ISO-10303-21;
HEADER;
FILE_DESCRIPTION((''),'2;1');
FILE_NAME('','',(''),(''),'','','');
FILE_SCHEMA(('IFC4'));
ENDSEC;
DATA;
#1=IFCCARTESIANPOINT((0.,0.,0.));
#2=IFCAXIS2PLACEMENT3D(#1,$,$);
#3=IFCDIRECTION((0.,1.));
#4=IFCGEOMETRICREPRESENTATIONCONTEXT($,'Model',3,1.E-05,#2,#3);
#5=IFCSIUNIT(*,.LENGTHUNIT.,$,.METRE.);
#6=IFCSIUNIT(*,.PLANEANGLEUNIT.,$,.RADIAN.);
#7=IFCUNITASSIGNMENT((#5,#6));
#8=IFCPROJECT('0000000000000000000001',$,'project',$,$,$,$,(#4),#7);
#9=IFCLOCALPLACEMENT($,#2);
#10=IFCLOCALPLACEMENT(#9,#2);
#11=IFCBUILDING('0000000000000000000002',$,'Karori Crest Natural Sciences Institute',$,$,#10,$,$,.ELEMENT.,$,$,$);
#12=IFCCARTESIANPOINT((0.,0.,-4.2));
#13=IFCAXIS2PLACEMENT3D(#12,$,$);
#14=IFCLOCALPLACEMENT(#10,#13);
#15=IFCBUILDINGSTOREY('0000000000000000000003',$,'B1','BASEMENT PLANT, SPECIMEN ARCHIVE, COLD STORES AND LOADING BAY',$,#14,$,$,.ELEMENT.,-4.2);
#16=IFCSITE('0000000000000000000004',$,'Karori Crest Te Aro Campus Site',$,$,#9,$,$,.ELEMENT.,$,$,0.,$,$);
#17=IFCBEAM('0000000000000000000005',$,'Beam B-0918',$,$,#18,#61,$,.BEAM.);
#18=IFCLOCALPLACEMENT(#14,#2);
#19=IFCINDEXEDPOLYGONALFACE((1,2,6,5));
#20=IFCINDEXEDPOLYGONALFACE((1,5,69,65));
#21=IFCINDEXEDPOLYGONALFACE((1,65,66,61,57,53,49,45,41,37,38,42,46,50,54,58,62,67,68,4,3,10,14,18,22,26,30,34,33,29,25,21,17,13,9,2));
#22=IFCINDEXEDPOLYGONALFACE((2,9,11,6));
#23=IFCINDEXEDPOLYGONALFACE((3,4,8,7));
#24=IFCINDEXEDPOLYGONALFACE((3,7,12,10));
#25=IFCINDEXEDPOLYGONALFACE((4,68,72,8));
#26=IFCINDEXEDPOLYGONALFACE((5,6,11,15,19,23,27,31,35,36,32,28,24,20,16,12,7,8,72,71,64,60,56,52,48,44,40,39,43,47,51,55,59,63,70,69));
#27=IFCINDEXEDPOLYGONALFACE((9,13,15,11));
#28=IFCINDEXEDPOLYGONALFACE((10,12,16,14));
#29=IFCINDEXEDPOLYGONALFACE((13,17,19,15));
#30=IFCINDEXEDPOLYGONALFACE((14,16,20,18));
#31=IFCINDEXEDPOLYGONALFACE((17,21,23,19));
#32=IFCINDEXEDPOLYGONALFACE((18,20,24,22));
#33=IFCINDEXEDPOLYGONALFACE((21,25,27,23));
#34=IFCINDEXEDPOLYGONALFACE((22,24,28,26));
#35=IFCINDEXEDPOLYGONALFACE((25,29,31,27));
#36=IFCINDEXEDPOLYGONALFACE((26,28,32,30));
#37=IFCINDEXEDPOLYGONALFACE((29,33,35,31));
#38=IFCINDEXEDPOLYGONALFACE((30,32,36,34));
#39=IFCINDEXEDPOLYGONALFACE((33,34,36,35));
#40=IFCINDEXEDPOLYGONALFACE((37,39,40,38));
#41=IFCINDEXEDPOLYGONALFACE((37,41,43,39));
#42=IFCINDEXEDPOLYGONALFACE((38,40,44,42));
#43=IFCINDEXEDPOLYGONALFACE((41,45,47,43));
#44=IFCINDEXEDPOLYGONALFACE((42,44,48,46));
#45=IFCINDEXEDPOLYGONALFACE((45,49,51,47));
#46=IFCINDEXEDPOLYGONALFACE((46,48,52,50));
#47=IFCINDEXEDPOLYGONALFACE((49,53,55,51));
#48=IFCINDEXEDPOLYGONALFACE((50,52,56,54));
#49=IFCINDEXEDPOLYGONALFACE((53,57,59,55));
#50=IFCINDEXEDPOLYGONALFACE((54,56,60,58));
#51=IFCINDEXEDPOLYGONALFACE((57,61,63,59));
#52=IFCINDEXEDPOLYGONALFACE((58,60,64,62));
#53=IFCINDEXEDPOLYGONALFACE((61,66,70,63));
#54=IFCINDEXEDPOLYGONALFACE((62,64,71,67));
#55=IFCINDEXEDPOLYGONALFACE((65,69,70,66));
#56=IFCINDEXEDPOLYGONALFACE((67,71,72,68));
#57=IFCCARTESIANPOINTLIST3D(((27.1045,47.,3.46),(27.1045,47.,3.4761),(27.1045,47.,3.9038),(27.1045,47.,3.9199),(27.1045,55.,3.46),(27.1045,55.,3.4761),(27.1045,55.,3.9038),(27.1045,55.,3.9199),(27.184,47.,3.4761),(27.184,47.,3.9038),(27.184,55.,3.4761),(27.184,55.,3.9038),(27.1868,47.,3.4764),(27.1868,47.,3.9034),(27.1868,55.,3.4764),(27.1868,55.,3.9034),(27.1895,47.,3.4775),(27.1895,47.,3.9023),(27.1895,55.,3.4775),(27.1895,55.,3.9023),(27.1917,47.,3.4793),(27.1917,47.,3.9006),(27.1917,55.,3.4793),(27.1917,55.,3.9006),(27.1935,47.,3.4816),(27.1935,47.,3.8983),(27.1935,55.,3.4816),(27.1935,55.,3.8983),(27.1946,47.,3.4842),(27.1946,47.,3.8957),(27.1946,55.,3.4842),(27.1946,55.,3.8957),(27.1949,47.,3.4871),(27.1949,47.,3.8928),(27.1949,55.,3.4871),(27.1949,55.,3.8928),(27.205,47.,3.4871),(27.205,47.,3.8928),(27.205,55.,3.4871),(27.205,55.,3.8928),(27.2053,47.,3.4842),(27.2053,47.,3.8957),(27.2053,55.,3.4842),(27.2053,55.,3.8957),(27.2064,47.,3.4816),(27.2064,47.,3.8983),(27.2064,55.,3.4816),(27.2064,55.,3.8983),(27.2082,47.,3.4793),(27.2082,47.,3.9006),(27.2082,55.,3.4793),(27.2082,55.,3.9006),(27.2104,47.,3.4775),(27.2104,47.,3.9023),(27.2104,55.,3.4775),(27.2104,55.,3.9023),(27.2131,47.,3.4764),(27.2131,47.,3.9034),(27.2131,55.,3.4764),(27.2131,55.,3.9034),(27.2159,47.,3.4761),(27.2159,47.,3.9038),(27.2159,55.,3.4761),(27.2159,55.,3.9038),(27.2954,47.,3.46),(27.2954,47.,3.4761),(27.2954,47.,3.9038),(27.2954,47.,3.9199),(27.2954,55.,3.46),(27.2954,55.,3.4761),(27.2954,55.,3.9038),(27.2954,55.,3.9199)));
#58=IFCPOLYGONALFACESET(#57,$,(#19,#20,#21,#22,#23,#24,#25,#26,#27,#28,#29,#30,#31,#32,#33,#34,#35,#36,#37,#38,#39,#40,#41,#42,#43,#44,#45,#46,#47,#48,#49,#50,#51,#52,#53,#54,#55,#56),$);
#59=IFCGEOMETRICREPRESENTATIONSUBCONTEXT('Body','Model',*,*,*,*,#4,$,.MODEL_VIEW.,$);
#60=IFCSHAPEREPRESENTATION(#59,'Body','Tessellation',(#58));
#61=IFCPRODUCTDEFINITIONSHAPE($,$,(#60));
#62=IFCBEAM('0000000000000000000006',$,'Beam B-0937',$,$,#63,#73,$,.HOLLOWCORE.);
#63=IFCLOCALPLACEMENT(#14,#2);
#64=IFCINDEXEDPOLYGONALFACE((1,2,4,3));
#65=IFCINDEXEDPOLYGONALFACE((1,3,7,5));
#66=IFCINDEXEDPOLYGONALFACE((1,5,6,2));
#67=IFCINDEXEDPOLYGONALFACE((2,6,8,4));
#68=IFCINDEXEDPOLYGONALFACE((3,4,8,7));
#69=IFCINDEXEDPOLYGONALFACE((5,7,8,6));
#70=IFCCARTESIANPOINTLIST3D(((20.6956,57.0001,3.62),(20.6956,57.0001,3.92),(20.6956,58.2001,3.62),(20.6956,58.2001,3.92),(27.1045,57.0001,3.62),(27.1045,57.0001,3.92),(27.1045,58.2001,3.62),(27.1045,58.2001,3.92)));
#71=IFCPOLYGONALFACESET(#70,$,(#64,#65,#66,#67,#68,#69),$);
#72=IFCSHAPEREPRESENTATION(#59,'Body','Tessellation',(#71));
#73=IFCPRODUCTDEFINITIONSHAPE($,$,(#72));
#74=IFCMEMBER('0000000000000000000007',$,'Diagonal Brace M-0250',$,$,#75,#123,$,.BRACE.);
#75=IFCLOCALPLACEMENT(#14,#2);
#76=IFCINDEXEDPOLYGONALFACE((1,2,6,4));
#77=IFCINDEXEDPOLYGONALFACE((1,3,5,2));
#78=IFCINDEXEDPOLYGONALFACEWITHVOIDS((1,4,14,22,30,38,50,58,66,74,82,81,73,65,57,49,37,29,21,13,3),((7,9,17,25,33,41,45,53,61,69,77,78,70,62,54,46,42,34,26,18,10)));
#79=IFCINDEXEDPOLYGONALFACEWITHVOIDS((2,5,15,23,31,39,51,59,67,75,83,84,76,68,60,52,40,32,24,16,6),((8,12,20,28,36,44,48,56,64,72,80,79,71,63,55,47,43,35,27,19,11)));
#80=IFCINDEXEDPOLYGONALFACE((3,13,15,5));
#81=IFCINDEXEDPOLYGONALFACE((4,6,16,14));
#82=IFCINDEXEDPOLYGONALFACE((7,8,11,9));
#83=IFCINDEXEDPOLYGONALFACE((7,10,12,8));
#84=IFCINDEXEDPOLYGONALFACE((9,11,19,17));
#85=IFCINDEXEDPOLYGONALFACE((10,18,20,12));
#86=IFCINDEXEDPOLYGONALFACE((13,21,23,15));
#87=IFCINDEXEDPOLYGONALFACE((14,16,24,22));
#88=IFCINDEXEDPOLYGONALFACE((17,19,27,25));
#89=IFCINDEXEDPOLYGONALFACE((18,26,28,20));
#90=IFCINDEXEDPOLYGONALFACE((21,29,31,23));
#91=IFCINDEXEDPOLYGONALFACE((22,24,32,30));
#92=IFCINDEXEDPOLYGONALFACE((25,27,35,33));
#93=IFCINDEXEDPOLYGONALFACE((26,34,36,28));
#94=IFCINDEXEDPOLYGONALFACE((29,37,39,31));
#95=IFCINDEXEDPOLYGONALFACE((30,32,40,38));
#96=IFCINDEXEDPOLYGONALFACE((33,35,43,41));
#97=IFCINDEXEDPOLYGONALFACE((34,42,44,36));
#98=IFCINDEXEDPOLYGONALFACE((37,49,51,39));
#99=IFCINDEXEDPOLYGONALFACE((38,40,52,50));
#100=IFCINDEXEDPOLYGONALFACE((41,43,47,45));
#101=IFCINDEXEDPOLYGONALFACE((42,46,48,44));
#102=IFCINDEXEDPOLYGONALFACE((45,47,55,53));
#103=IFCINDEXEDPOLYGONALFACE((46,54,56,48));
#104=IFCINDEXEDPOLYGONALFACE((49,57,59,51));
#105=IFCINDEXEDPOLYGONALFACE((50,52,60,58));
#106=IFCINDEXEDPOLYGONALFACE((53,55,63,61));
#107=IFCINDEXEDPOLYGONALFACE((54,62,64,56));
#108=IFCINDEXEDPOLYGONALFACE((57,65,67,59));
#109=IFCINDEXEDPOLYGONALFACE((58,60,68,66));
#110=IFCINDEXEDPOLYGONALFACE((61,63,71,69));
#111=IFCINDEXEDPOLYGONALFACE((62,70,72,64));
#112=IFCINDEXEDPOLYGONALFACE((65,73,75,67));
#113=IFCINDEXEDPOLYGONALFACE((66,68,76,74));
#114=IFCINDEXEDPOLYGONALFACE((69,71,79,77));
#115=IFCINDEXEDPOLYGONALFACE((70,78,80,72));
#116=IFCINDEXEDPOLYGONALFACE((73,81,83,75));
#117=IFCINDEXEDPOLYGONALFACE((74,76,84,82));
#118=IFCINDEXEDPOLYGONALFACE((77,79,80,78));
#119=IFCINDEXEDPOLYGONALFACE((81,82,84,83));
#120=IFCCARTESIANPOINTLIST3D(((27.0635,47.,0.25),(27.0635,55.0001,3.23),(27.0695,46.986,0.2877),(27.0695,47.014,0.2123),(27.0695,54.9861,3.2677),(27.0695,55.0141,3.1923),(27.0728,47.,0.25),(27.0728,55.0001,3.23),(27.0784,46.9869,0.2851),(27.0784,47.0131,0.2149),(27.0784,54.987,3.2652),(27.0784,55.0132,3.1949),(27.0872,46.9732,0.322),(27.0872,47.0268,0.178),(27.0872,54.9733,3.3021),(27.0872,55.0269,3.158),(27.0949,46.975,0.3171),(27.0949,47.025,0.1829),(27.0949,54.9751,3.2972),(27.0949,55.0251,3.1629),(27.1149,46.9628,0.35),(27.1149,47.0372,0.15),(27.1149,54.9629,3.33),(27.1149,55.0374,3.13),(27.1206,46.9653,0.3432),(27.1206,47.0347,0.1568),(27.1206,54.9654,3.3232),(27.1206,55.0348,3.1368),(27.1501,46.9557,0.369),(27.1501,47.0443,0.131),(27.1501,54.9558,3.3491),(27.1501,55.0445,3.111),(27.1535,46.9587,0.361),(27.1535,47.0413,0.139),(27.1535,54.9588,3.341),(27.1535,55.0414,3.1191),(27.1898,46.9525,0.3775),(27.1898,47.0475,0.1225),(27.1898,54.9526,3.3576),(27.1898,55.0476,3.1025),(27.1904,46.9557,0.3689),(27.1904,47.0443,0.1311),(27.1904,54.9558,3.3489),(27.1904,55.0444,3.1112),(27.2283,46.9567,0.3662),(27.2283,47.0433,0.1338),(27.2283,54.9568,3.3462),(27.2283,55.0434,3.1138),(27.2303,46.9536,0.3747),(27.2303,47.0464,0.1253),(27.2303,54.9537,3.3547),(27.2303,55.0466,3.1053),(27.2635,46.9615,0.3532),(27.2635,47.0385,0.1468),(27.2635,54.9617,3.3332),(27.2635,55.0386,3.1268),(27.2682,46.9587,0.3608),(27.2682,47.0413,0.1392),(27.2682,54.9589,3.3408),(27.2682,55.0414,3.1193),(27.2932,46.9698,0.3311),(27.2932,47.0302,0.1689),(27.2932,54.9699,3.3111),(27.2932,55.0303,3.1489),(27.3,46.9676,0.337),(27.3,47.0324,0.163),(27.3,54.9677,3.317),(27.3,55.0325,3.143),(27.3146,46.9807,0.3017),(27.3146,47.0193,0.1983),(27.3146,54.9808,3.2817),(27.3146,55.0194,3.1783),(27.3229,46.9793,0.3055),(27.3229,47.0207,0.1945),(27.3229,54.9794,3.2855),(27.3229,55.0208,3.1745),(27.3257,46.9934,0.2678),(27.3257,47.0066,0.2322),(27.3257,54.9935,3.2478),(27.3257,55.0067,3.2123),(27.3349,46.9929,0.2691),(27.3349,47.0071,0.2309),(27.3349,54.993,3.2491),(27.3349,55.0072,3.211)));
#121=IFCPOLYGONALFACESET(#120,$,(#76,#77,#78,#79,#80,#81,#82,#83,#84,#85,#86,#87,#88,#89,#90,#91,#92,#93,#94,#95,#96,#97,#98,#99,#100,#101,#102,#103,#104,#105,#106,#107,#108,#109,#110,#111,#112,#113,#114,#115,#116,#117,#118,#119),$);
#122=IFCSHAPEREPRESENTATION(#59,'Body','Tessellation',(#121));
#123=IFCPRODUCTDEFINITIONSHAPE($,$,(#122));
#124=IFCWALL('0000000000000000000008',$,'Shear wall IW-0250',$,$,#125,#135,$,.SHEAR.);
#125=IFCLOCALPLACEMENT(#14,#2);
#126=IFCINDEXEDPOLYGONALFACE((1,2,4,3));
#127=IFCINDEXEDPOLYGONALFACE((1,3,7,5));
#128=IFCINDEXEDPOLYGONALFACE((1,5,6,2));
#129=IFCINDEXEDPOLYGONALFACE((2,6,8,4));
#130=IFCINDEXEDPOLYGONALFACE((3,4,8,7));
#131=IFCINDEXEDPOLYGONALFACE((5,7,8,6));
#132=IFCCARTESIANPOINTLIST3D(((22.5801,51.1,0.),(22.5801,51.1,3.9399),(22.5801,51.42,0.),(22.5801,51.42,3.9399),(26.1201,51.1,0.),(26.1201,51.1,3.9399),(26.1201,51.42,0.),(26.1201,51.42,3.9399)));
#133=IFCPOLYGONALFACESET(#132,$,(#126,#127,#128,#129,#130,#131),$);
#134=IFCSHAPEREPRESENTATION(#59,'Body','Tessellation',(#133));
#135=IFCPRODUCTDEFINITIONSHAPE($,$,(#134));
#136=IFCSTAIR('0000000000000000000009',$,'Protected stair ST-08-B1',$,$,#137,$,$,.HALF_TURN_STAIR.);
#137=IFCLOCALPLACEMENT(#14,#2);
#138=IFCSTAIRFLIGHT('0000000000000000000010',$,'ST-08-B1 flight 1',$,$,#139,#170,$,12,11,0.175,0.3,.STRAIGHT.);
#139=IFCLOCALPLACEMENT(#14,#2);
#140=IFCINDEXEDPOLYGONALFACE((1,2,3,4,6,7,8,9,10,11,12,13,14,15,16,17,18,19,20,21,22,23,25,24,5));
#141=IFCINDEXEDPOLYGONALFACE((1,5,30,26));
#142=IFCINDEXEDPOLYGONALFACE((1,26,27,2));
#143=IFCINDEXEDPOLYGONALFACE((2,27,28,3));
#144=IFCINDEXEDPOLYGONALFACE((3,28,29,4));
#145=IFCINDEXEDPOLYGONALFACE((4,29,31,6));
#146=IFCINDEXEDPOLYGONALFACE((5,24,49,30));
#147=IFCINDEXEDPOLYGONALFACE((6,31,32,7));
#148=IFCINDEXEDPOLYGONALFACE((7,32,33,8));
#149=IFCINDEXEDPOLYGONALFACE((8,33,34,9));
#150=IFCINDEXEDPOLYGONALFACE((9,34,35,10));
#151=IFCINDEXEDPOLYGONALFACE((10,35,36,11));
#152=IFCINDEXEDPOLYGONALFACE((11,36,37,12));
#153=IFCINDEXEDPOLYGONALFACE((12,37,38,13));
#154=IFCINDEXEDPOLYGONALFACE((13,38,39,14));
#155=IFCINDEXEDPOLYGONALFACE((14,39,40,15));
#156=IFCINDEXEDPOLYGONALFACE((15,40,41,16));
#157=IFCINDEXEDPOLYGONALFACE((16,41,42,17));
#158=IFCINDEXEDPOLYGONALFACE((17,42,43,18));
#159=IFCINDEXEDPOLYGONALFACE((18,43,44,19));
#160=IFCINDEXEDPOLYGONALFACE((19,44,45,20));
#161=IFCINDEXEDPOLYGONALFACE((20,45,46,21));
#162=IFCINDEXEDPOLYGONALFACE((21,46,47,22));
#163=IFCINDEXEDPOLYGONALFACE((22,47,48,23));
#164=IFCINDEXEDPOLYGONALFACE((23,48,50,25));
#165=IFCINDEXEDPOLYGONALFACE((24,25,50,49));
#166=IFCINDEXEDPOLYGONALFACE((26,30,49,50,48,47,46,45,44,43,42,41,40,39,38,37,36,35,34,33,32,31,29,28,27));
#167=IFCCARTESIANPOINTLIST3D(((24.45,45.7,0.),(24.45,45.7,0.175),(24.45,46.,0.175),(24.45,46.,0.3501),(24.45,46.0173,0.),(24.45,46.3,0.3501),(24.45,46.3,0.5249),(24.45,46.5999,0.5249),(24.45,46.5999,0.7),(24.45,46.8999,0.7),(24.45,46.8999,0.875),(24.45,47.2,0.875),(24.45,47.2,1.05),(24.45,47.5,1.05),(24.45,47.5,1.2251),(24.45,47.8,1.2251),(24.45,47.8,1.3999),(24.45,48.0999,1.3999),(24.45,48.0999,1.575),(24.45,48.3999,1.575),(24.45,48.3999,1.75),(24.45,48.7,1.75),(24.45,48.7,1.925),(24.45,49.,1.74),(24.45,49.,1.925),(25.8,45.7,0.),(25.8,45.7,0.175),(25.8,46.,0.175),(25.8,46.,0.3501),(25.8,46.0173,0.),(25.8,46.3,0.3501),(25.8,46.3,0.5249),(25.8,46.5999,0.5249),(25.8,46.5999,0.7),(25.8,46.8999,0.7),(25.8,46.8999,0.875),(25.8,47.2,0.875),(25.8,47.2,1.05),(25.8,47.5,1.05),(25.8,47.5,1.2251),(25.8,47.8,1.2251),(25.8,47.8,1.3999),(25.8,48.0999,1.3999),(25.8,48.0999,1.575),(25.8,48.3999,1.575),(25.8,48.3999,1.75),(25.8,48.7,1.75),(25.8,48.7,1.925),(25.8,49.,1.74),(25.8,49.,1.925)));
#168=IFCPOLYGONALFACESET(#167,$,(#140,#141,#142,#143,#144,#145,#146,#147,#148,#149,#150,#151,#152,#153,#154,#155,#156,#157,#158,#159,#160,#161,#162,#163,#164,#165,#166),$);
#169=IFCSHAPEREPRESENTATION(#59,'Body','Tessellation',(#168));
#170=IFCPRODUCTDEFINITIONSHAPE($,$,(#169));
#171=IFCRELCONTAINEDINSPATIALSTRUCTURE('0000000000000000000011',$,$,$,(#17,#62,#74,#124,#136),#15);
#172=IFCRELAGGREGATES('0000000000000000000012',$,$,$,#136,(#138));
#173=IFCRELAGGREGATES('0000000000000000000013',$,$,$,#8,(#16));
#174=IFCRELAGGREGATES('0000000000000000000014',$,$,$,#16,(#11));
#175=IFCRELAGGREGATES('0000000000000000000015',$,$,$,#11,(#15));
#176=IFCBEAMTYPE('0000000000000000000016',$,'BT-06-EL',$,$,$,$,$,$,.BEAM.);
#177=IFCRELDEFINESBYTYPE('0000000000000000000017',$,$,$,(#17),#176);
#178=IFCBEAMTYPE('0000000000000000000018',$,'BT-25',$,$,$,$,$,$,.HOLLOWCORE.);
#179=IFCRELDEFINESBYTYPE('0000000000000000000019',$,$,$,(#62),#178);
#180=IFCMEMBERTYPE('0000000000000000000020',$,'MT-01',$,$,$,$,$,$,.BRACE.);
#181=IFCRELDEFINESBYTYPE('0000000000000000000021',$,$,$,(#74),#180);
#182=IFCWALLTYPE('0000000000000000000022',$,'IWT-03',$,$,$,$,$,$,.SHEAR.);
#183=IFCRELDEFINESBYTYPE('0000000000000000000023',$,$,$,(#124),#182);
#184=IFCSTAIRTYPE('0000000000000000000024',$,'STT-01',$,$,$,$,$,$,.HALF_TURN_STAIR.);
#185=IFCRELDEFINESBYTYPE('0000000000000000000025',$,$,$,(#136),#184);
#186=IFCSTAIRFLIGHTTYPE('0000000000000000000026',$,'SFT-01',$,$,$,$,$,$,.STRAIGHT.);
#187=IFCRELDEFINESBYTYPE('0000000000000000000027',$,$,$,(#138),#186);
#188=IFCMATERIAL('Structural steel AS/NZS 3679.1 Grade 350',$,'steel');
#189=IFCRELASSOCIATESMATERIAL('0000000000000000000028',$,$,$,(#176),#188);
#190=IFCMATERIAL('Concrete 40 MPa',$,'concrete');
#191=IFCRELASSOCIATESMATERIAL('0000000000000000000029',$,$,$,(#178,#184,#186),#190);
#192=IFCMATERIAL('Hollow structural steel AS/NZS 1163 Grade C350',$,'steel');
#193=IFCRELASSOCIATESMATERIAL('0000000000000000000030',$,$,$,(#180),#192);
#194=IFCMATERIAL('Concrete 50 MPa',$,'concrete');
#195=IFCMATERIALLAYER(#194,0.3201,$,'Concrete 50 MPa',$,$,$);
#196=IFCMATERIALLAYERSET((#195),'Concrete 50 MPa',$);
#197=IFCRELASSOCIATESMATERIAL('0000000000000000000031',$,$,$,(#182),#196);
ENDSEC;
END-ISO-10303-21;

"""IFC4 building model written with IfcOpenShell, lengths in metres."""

from ifc_helpers import new_model, si_unit, direction, frame, frame_2d, origin, origin_2d, place, context, subcontext, project, spatial, polyline, rectangle, hollow_circle, i_section, outline, extrude, material, layer, layer_set, material_profile, profile_set, type_object, element, aggregate, save


model = new_model("IFC4")

# Units and contexts
model_context = context("Model", 3, precision=1e-05, world=origin(), true_north=direction((0.0, 1.0)))
body_context = subcontext(model_context, "Body", "Model", "MODEL_VIEW")
ifc_project = project(units=[si_unit("LENGTHUNIT", "METRE"), si_unit("PLANEANGLEUNIT", "RADIAN")], contexts=[model_context])

# Site, building, storey
site_placement = place(None, origin())
site = spatial("IfcSite", under=ifc_project, at=site_placement, Name="Karori Crest Te Aro Campus Site", CompositionType="ELEMENT", RefElevation=0.0)
building_placement = place(site_placement, origin())
building = spatial("IfcBuilding", under=site, at=building_placement, Name="Karori Crest Natural Sciences Institute", CompositionType="ELEMENT")
storey_placement = place(building_placement, frame((0.0, 0.0, -4.2)))
storey = spatial("IfcBuildingStorey", under=building, at=storey_placement, Name="B1", Description="BASEMENT PLANT, SPECIMEN ARCHIVE, COLD STORES AND LOADING BAY", CompositionType="ELEMENT", Elevation=-4.2)

# Shared definitions
ifc_material_1 = material(Name="Concrete 40 MPa", Category="concrete")

# Shared definitions
ifc_material_2 = material(Name="Structural steel AS/NZS 3679.1 Grade 350", Category="steel")

# Beams
ifc_material_profile_1 = material_profile(ifc_material_2, i_section(OverallWidth=0.1909, OverallDepth=0.46, WebThickness=0.01, FlangeThickness=0.0161, FilletRadius=0.011, at=origin_2d()), Name="460UB82.1")
ifc_profile_set_1 = profile_set([ifc_material_profile_1], Name="Structural steel AS/NZS 3679.1 Grade 350")
beam_type_1 = type_object("IfcBeamType", Name="BT-06-EL", PredefinedType="BEAM", material=ifc_profile_set_1)
beam_1_placement = place(storey_placement, frame((27.2, 47.0, 3.6899), z_axis=(0.0, 1.0, 0.0), x_axis=(-1.0, 0.0, 0.0)))
element("IfcBeam", 1, at=beam_1_placement, inside=storey, type_object=beam_type_1, Name="Beam B-0918", PredefinedType="BEAM", context=body_context, shape_type="SweptSolid", body=[
    extrude(i_section(OverallWidth=0.1909, OverallDepth=0.46, WebThickness=0.01, FlangeThickness=0.0161, FilletRadius=0.011, at=origin_2d()), origin(), (0.0, 0.0, 1.0), 8.0),
])
ifc_material_profile_2 = material_profile(ifc_material_1, rectangle(XDim=1.2, YDim=0.3, at=origin_2d()), Name="HCP1200x300")
ifc_profile_set_2 = profile_set([ifc_material_profile_2], Name="Concrete 40 MPa")
beam_type_2 = type_object("IfcBeamType", Name="BT-25", PredefinedType="HOLLOWCORE", material=ifc_profile_set_2)
beam_2_placement = place(storey_placement, frame((20.6956, 57.6001, 3.77), z_axis=(1.0, 0.0, 0.0), x_axis=(0.0, 1.0, 0.0)))
element("IfcBeam", 2, at=beam_2_placement, inside=storey, type_object=beam_type_2, Name="Beam B-0937", PredefinedType="HOLLOWCORE", context=body_context, shape_type="SweptSolid", body=[
    extrude(rectangle(XDim=1.2, YDim=0.3, at=origin_2d()), origin(), (0.0, 0.0, 1.0), 6.4089),
])

# Member
ifc_material_3 = material(Name="Hollow structural steel AS/NZS 1163 Grade C350", Category="steel")
ifc_material_profile_3 = material_profile(ifc_material_3, hollow_circle(Radius=0.1365, WallThickness=0.0093, at=origin_2d()), Name="CHS273.0x9.3")
ifc_profile_set_3 = profile_set([ifc_material_profile_3], Name="Hollow structural steel AS/NZS 1163 Grade C350")
member_type = type_object("IfcMemberType", Name="MT-01", PredefinedType="BRACE", material=ifc_profile_set_3)
member_placement = place(storey_placement, frame((27.2, 47.0, 0.25), z_axis=(0.0, 0.937098, 0.349067), x_axis=(-1.0, 0.0, 0.0)))
element("IfcMember", 3, at=member_placement, inside=storey, type_object=member_type, Name="Diagonal Brace M-0250", PredefinedType="BRACE", context=body_context, shape_type="SweptSolid", body=[
    extrude(hollow_circle(Radius=0.1365, WallThickness=0.0093, at=origin_2d()), origin(), (0.0, 0.0, 1.0), 8.5371),
])

# Wall
ifc_material_4 = material(Name="Concrete 50 MPa", Category="concrete")
ifc_layer = layer(ifc_material_4, 0.3201, Name="Concrete 50 MPa")
ifc_layer_set = layer_set([ifc_layer], Name="Concrete 50 MPa")
wall_type = type_object("IfcWallType", Name="IWT-03", PredefinedType="SHEAR", material=ifc_layer_set)
wall_placement = place(storey_placement, frame((22.5801, 51.26, 0.0), z_axis=(0.0, 0.0, 1.0), x_axis=(1.0, 0.0, 0.0)))
element("IfcWall", 4, at=wall_placement, inside=storey, type_object=wall_type, Name="Shear wall IW-0250", PredefinedType="SHEAR", context=body_context, shape_type="SweptSolid", body=[
    extrude(rectangle(XDim=3.54, YDim=0.3201, at=frame_2d((1.77, 0.0))), origin(), (0.0, 0.0, 1.0), 3.9399),
])

# Stair, stair flight
stair_type = type_object("IfcStairType", Name="STT-01", PredefinedType="HALF_TURN_STAIR", material=ifc_material_1)
stair_placement = place(storey_placement, origin())
stair = element("IfcStair", 5, at=stair_placement, inside=storey, type_object=stair_type, Name="Protected stair ST-08-B1", PredefinedType="HALF_TURN_STAIR")
stair_flight_type = type_object("IfcStairFlightType", Name="SFT-01", PredefinedType="STRAIGHT", material=ifc_material_1)
stair_flight_1_placement = place(storey_placement, frame((25.125, 45.7, 0.0), z_axis=(0.0, 0.0, 1.0), x_axis=(0.0, 1.0, 0.0)))
stair_flight_1 = element("IfcStairFlight", 6, at=stair_flight_1_placement, type_object=stair_flight_type, Name="ST-08-B1 flight 1", NumberOfRisers=12, NumberOfTreads=11, PredefinedType="STRAIGHT", RiserHeight=0.175, TreadLength=0.3, context=body_context, shape_type="SweptSolid", body=[
    extrude(outline(polyline([(0.0, 0.0), (0.0, 0.175), (0.3, 0.175), (0.3, 0.3501), (0.6001, 0.3501), (0.6001, 0.5249), (0.8999, 0.5249), (0.8999, 0.7), (1.2, 0.7), (1.2, 0.875), (1.5, 0.875), (1.5, 1.05), (1.8, 1.05), (1.8, 1.2251), (2.1001, 1.2251), (2.1001, 1.3999), (2.3999, 1.3999), (2.3999, 1.575), (2.7, 1.575), (2.7, 1.75), (3.0, 1.75), (3.0, 1.925), (3.3, 1.925), (3.3, 2.1001), (3.3, 1.74), (0.3174, 0.0), (0.0, 0.0)])), frame((0.0, 0.675, 0.0), z_axis=(0.0, -1.0, 0.0), x_axis=(1.0, 0.0, 0.0)), (0.0, 0.0, 1.0), 1.3501),
])
aggregate(stair, [stair_flight_1])

save(model, "model.ifc")
